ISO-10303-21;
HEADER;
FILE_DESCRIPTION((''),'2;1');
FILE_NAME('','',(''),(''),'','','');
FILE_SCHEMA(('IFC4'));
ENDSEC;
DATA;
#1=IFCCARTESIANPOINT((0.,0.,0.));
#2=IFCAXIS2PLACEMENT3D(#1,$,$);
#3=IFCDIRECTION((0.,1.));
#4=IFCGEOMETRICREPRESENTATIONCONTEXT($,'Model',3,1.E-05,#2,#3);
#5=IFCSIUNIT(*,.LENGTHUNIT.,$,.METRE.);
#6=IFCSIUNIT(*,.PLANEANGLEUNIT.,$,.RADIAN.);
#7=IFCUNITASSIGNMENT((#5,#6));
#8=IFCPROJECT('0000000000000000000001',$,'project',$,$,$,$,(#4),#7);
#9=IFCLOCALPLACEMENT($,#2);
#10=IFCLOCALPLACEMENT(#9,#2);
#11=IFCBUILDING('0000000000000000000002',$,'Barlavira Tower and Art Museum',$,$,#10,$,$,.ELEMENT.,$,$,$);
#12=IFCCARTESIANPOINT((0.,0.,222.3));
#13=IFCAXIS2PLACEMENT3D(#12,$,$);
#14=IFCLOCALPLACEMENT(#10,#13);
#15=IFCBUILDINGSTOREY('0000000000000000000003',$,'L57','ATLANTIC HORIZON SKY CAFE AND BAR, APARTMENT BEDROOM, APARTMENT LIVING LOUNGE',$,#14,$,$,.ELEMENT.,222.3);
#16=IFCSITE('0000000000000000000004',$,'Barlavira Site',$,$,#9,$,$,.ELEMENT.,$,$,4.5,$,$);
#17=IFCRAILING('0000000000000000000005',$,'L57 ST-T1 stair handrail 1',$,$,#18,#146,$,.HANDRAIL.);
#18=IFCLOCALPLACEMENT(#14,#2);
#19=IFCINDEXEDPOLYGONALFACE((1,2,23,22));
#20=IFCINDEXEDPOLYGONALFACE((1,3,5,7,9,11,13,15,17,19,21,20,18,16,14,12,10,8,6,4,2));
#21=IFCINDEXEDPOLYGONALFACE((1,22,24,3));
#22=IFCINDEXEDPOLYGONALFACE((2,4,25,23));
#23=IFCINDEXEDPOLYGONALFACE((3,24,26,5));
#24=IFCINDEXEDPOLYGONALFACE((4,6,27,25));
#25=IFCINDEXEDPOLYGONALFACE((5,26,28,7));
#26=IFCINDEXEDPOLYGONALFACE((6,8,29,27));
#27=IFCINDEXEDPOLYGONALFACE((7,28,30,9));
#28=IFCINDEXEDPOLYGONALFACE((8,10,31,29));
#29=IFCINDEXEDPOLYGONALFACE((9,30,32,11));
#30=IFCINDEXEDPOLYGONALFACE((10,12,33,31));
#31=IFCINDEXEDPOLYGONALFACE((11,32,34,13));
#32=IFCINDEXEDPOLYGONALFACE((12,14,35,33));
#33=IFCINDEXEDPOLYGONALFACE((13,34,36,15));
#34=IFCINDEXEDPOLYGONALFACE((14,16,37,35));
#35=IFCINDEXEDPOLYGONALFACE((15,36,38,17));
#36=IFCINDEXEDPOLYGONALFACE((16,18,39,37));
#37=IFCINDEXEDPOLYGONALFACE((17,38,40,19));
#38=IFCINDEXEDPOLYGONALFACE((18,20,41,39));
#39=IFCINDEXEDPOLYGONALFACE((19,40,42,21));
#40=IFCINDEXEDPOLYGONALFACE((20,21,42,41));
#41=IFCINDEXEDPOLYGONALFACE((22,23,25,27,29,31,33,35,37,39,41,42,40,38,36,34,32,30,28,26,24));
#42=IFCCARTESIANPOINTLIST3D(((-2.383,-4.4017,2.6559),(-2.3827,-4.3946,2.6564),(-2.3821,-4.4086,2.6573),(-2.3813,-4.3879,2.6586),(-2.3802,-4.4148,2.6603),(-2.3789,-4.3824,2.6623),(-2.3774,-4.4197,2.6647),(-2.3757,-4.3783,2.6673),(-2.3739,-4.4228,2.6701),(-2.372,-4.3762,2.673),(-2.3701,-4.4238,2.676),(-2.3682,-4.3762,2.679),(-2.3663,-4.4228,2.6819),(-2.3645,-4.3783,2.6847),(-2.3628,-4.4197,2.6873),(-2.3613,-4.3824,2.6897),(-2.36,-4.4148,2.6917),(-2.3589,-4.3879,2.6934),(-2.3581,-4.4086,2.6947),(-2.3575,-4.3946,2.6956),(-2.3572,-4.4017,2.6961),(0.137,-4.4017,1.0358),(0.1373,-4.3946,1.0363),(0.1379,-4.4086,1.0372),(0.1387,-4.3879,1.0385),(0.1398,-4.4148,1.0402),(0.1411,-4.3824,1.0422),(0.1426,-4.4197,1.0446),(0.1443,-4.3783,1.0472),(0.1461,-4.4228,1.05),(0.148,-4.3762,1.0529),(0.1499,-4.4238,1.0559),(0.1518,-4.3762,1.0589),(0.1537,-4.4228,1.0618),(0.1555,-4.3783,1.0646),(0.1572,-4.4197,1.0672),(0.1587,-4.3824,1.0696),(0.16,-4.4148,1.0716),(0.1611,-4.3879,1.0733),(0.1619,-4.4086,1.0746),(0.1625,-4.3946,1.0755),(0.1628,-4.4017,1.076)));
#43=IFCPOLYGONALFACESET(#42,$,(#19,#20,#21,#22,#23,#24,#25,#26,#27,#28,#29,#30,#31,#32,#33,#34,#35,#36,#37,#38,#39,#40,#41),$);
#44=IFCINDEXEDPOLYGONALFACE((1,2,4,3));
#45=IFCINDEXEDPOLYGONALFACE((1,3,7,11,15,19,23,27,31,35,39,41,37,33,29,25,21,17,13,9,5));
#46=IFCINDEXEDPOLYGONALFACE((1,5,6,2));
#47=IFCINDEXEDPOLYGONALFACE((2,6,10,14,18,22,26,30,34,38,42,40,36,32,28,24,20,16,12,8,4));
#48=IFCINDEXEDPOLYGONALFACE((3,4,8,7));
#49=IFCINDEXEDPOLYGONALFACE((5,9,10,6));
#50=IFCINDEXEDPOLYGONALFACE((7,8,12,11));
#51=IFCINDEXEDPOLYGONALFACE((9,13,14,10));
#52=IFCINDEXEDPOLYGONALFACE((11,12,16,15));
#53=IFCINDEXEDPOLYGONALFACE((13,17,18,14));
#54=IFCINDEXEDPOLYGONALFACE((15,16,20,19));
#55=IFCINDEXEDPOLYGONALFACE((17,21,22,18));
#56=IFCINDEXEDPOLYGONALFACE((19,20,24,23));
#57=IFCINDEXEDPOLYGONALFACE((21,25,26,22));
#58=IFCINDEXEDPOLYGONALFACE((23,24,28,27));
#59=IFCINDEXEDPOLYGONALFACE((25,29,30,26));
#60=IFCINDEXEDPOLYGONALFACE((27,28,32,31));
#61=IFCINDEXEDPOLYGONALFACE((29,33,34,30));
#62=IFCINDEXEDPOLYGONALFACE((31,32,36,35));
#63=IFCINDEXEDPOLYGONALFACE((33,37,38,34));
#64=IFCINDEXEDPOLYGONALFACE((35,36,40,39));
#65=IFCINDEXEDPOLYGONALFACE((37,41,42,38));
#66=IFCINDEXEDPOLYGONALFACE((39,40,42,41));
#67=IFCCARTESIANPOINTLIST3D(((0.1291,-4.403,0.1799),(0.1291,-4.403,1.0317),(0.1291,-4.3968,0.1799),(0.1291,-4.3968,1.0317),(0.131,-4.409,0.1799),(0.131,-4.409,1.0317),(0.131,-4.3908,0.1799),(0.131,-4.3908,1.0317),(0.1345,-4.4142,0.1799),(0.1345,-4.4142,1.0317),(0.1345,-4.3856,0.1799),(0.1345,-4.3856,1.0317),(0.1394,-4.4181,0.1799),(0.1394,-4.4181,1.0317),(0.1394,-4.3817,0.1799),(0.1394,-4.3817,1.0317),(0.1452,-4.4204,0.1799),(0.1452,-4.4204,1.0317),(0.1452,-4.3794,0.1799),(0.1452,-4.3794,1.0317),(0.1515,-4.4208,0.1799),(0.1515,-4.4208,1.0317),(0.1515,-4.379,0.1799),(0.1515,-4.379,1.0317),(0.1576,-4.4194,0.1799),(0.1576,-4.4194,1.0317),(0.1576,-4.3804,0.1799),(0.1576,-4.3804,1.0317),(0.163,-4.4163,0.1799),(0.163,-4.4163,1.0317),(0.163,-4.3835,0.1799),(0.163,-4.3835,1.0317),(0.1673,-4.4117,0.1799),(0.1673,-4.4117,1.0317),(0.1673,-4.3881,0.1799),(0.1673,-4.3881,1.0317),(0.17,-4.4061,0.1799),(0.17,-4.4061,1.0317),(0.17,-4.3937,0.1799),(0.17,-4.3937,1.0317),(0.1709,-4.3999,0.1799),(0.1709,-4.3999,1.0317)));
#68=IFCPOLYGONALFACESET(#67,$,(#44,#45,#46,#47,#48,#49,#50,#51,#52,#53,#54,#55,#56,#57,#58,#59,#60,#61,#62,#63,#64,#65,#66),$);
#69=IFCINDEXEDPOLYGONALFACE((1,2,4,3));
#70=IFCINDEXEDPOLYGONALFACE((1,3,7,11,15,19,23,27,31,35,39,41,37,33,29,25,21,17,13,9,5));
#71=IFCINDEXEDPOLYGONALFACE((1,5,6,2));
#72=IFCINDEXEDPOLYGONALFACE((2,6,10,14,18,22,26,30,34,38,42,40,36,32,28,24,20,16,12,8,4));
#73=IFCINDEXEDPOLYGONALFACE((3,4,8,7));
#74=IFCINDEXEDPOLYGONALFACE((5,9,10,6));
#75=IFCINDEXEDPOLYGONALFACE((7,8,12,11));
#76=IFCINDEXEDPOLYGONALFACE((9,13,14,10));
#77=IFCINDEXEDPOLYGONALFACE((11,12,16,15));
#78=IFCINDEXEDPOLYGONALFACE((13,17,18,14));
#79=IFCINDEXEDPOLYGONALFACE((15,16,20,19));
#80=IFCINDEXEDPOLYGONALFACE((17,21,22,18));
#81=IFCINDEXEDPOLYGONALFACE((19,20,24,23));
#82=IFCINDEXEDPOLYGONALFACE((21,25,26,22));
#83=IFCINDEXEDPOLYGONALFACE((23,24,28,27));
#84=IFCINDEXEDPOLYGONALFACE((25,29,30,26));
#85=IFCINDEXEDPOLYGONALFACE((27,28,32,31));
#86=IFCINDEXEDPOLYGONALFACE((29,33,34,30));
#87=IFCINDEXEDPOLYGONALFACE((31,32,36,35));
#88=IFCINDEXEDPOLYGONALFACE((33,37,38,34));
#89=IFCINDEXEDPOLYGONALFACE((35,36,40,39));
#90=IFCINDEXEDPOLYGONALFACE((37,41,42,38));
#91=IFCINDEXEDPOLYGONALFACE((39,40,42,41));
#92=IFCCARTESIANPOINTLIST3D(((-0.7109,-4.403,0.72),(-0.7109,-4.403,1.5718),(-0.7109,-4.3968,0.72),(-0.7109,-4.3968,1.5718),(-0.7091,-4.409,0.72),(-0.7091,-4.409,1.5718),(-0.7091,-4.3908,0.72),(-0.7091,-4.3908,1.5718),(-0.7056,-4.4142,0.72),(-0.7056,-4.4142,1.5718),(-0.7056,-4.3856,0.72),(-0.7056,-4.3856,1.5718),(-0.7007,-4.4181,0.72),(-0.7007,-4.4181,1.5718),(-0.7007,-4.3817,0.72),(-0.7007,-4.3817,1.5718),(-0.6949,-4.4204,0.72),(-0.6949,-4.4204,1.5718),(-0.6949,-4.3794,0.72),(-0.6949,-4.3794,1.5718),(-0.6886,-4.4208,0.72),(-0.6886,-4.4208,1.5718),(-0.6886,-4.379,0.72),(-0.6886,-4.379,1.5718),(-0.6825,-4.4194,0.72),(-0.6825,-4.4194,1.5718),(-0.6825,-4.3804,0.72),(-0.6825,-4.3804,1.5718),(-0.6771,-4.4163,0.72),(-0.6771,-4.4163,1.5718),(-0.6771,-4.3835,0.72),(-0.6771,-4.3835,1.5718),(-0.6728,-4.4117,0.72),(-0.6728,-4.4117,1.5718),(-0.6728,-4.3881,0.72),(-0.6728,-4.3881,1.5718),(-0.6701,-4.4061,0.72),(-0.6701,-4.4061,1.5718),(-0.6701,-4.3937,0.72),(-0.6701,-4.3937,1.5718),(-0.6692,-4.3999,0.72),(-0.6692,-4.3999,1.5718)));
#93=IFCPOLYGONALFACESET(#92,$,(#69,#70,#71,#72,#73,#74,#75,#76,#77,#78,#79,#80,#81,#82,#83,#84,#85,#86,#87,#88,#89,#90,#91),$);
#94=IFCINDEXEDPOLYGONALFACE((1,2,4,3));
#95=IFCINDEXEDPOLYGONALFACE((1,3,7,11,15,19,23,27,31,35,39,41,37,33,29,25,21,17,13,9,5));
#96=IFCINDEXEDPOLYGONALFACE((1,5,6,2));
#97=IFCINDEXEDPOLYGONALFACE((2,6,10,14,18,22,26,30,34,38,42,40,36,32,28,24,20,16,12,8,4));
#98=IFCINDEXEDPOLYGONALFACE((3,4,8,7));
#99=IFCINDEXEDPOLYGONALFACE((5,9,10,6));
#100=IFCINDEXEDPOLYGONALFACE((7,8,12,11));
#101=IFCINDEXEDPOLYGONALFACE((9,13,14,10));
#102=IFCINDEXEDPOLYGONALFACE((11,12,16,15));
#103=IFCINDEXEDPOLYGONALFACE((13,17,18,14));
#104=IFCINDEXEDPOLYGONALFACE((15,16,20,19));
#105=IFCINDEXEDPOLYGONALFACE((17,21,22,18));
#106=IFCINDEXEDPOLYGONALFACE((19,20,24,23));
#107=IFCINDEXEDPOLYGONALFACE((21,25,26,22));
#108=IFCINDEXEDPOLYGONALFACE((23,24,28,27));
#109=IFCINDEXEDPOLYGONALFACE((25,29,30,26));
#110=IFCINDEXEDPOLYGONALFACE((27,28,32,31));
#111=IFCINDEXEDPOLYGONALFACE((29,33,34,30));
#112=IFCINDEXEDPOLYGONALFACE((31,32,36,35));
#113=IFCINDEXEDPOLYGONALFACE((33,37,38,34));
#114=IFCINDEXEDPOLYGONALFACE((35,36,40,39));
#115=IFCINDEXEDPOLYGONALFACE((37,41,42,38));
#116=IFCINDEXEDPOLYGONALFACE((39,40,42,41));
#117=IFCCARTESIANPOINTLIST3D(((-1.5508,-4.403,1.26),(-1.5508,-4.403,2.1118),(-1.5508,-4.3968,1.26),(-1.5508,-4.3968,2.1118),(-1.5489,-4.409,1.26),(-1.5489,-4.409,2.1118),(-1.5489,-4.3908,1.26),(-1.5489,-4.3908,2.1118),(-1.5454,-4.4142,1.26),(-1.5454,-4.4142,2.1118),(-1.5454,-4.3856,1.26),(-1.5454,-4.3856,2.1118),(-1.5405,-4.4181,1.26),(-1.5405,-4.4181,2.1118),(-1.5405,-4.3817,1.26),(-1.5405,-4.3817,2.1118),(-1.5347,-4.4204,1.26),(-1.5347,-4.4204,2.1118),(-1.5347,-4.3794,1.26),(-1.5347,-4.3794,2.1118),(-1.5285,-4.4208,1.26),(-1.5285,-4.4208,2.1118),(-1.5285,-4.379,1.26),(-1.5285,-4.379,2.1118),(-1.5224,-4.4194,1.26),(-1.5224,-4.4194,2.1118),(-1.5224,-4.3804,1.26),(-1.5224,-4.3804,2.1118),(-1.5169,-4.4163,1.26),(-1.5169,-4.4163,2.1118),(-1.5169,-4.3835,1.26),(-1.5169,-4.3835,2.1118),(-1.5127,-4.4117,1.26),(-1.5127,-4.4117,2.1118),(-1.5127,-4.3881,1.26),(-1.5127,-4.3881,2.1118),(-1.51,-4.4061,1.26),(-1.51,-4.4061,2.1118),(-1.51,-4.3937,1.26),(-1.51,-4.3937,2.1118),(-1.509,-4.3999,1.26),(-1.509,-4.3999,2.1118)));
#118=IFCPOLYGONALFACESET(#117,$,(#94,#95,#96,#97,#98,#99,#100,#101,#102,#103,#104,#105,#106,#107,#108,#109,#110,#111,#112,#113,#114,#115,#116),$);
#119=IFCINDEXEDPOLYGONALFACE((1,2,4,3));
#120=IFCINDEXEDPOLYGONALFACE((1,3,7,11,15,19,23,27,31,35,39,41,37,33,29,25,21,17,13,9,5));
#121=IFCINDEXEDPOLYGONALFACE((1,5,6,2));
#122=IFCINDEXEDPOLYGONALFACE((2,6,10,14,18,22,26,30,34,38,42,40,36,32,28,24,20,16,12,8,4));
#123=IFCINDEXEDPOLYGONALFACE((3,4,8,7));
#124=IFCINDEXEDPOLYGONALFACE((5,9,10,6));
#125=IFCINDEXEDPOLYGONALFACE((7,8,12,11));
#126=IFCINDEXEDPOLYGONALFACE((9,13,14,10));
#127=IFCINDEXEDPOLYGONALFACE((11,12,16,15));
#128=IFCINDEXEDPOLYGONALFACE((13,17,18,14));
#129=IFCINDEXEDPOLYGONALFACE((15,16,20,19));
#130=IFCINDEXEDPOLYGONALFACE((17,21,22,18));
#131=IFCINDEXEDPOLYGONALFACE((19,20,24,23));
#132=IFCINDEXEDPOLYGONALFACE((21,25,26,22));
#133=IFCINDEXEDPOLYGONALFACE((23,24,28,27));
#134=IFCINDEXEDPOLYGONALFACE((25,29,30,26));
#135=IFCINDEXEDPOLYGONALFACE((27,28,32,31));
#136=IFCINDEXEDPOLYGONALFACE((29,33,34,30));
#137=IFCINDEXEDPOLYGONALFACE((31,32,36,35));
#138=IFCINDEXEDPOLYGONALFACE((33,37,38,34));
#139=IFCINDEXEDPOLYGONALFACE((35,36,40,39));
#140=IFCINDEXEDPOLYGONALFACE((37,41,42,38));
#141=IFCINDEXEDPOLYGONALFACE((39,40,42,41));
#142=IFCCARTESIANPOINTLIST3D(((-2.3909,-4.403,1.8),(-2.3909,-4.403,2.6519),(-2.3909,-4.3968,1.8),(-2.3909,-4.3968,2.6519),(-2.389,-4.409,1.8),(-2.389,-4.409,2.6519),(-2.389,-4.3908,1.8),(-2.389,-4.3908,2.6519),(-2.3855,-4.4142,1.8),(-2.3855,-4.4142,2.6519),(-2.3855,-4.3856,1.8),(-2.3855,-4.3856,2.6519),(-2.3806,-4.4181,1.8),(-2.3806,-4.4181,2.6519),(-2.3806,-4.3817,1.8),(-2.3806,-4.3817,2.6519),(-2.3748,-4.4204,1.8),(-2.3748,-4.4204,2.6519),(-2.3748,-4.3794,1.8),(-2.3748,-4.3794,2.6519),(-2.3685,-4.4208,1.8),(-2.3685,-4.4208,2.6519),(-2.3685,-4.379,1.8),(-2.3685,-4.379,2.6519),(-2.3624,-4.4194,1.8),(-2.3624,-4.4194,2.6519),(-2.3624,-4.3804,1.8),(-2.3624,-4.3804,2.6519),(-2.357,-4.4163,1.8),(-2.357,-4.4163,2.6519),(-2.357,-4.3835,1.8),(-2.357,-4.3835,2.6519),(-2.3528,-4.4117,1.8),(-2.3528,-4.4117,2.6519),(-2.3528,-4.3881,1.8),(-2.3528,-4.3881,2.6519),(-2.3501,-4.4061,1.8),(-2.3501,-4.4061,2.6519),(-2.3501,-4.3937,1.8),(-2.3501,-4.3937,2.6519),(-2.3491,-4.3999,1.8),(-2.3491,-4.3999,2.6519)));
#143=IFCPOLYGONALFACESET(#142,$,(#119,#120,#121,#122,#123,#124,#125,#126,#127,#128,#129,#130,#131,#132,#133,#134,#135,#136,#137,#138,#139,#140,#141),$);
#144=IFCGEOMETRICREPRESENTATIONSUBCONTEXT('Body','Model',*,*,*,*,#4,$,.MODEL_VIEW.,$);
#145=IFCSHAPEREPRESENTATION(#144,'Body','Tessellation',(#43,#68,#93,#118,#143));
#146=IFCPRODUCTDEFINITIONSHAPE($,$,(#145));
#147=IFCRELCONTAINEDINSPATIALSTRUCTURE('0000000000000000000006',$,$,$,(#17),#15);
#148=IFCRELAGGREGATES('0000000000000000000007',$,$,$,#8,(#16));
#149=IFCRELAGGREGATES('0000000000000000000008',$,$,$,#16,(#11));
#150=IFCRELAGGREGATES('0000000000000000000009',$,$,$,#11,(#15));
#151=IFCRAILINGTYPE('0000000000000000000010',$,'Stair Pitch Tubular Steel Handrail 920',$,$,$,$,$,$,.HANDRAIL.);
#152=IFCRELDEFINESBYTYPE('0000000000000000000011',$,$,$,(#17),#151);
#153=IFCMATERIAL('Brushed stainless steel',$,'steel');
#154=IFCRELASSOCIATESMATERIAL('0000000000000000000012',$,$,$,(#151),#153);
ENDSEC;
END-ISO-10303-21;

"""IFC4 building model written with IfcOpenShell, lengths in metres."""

from ifc_helpers import new_model, si_unit, direction, frame, origin, origin_2d, place, context, subcontext, project, spatial, circle, extrude, material, type_object, element, save


model = new_model("IFC4")

# Units and contexts
model_context = context("Model", 3, precision=1e-05, world=origin(), true_north=direction((0.0, 1.0)))
body_context = subcontext(model_context, "Body", "Model", "MODEL_VIEW")
ifc_project = project(units=[si_unit("LENGTHUNIT", "METRE"), si_unit("PLANEANGLEUNIT", "RADIAN")], contexts=[model_context])

# Site, building, storey
site_placement = place(None, origin())
site = spatial("IfcSite", under=ifc_project, at=site_placement, Name="Barlavira Site", CompositionType="ELEMENT", RefElevation=4.5)
building_placement = place(site_placement, origin())
building = spatial("IfcBuilding", under=site, at=building_placement, Name="Barlavira Tower and Art Museum", CompositionType="ELEMENT")
storey_placement = place(building_placement, frame((0.0, 0.0, 222.3)))
storey = spatial("IfcBuildingStorey", under=building, at=storey_placement, Name="L57", Description="ATLANTIC HORIZON SKY CAFE AND BAR, APARTMENT BEDROOM, APARTMENT LIVING LOUNGE", CompositionType="ELEMENT", Elevation=222.3)

# Shared definitions
ifc_material_1 = material(Name="Brushed stainless steel", Category="steel")

# Railing
railing_type_1 = type_object("IfcRailingType", Name="Stair Pitch Tubular Steel Handrail 920", PredefinedType="HANDRAIL", material=ifc_material_1)
railing_1_placement = place(storey_placement, frame((0.1499, -4.3999, 0.1799)))
element("IfcRailing", 1, at=railing_1_placement, inside=storey, type_object=railing_type_1, Name="L57 ST-T1 stair handrail 1", PredefinedType="HANDRAIL", context=body_context, shape_type="SweptSolid", body=[
    extrude(circle(Radius=0.0239, at=origin_2d()), frame((0.0, 0.0, 0.876), z_axis=(-0.841163, 0.0, 0.540782), x_axis=(0.0, -1.0, 0.0)), (0.0, 0.0, 1.0), 2.9958),
    extrude(circle(Radius=0.021, at=origin_2d()), origin(), (0.0, 0.0, 1.0), 0.8518),
    extrude(circle(Radius=0.021, at=origin_2d()), frame((-0.8401, 0.0, 0.54)), (0.0, 0.0, 1.0), 0.8518),
    extrude(circle(Radius=0.021, at=origin_2d()), frame((-1.6799, 0.0, 1.0801)), (0.0, 0.0, 1.0), 0.8518),
    extrude(circle(Radius=0.021, at=origin_2d()), frame((-2.52, 0.0, 1.6201)), (0.0, 0.0, 1.0), 0.8518),
])

save(model, "model.ifc")
